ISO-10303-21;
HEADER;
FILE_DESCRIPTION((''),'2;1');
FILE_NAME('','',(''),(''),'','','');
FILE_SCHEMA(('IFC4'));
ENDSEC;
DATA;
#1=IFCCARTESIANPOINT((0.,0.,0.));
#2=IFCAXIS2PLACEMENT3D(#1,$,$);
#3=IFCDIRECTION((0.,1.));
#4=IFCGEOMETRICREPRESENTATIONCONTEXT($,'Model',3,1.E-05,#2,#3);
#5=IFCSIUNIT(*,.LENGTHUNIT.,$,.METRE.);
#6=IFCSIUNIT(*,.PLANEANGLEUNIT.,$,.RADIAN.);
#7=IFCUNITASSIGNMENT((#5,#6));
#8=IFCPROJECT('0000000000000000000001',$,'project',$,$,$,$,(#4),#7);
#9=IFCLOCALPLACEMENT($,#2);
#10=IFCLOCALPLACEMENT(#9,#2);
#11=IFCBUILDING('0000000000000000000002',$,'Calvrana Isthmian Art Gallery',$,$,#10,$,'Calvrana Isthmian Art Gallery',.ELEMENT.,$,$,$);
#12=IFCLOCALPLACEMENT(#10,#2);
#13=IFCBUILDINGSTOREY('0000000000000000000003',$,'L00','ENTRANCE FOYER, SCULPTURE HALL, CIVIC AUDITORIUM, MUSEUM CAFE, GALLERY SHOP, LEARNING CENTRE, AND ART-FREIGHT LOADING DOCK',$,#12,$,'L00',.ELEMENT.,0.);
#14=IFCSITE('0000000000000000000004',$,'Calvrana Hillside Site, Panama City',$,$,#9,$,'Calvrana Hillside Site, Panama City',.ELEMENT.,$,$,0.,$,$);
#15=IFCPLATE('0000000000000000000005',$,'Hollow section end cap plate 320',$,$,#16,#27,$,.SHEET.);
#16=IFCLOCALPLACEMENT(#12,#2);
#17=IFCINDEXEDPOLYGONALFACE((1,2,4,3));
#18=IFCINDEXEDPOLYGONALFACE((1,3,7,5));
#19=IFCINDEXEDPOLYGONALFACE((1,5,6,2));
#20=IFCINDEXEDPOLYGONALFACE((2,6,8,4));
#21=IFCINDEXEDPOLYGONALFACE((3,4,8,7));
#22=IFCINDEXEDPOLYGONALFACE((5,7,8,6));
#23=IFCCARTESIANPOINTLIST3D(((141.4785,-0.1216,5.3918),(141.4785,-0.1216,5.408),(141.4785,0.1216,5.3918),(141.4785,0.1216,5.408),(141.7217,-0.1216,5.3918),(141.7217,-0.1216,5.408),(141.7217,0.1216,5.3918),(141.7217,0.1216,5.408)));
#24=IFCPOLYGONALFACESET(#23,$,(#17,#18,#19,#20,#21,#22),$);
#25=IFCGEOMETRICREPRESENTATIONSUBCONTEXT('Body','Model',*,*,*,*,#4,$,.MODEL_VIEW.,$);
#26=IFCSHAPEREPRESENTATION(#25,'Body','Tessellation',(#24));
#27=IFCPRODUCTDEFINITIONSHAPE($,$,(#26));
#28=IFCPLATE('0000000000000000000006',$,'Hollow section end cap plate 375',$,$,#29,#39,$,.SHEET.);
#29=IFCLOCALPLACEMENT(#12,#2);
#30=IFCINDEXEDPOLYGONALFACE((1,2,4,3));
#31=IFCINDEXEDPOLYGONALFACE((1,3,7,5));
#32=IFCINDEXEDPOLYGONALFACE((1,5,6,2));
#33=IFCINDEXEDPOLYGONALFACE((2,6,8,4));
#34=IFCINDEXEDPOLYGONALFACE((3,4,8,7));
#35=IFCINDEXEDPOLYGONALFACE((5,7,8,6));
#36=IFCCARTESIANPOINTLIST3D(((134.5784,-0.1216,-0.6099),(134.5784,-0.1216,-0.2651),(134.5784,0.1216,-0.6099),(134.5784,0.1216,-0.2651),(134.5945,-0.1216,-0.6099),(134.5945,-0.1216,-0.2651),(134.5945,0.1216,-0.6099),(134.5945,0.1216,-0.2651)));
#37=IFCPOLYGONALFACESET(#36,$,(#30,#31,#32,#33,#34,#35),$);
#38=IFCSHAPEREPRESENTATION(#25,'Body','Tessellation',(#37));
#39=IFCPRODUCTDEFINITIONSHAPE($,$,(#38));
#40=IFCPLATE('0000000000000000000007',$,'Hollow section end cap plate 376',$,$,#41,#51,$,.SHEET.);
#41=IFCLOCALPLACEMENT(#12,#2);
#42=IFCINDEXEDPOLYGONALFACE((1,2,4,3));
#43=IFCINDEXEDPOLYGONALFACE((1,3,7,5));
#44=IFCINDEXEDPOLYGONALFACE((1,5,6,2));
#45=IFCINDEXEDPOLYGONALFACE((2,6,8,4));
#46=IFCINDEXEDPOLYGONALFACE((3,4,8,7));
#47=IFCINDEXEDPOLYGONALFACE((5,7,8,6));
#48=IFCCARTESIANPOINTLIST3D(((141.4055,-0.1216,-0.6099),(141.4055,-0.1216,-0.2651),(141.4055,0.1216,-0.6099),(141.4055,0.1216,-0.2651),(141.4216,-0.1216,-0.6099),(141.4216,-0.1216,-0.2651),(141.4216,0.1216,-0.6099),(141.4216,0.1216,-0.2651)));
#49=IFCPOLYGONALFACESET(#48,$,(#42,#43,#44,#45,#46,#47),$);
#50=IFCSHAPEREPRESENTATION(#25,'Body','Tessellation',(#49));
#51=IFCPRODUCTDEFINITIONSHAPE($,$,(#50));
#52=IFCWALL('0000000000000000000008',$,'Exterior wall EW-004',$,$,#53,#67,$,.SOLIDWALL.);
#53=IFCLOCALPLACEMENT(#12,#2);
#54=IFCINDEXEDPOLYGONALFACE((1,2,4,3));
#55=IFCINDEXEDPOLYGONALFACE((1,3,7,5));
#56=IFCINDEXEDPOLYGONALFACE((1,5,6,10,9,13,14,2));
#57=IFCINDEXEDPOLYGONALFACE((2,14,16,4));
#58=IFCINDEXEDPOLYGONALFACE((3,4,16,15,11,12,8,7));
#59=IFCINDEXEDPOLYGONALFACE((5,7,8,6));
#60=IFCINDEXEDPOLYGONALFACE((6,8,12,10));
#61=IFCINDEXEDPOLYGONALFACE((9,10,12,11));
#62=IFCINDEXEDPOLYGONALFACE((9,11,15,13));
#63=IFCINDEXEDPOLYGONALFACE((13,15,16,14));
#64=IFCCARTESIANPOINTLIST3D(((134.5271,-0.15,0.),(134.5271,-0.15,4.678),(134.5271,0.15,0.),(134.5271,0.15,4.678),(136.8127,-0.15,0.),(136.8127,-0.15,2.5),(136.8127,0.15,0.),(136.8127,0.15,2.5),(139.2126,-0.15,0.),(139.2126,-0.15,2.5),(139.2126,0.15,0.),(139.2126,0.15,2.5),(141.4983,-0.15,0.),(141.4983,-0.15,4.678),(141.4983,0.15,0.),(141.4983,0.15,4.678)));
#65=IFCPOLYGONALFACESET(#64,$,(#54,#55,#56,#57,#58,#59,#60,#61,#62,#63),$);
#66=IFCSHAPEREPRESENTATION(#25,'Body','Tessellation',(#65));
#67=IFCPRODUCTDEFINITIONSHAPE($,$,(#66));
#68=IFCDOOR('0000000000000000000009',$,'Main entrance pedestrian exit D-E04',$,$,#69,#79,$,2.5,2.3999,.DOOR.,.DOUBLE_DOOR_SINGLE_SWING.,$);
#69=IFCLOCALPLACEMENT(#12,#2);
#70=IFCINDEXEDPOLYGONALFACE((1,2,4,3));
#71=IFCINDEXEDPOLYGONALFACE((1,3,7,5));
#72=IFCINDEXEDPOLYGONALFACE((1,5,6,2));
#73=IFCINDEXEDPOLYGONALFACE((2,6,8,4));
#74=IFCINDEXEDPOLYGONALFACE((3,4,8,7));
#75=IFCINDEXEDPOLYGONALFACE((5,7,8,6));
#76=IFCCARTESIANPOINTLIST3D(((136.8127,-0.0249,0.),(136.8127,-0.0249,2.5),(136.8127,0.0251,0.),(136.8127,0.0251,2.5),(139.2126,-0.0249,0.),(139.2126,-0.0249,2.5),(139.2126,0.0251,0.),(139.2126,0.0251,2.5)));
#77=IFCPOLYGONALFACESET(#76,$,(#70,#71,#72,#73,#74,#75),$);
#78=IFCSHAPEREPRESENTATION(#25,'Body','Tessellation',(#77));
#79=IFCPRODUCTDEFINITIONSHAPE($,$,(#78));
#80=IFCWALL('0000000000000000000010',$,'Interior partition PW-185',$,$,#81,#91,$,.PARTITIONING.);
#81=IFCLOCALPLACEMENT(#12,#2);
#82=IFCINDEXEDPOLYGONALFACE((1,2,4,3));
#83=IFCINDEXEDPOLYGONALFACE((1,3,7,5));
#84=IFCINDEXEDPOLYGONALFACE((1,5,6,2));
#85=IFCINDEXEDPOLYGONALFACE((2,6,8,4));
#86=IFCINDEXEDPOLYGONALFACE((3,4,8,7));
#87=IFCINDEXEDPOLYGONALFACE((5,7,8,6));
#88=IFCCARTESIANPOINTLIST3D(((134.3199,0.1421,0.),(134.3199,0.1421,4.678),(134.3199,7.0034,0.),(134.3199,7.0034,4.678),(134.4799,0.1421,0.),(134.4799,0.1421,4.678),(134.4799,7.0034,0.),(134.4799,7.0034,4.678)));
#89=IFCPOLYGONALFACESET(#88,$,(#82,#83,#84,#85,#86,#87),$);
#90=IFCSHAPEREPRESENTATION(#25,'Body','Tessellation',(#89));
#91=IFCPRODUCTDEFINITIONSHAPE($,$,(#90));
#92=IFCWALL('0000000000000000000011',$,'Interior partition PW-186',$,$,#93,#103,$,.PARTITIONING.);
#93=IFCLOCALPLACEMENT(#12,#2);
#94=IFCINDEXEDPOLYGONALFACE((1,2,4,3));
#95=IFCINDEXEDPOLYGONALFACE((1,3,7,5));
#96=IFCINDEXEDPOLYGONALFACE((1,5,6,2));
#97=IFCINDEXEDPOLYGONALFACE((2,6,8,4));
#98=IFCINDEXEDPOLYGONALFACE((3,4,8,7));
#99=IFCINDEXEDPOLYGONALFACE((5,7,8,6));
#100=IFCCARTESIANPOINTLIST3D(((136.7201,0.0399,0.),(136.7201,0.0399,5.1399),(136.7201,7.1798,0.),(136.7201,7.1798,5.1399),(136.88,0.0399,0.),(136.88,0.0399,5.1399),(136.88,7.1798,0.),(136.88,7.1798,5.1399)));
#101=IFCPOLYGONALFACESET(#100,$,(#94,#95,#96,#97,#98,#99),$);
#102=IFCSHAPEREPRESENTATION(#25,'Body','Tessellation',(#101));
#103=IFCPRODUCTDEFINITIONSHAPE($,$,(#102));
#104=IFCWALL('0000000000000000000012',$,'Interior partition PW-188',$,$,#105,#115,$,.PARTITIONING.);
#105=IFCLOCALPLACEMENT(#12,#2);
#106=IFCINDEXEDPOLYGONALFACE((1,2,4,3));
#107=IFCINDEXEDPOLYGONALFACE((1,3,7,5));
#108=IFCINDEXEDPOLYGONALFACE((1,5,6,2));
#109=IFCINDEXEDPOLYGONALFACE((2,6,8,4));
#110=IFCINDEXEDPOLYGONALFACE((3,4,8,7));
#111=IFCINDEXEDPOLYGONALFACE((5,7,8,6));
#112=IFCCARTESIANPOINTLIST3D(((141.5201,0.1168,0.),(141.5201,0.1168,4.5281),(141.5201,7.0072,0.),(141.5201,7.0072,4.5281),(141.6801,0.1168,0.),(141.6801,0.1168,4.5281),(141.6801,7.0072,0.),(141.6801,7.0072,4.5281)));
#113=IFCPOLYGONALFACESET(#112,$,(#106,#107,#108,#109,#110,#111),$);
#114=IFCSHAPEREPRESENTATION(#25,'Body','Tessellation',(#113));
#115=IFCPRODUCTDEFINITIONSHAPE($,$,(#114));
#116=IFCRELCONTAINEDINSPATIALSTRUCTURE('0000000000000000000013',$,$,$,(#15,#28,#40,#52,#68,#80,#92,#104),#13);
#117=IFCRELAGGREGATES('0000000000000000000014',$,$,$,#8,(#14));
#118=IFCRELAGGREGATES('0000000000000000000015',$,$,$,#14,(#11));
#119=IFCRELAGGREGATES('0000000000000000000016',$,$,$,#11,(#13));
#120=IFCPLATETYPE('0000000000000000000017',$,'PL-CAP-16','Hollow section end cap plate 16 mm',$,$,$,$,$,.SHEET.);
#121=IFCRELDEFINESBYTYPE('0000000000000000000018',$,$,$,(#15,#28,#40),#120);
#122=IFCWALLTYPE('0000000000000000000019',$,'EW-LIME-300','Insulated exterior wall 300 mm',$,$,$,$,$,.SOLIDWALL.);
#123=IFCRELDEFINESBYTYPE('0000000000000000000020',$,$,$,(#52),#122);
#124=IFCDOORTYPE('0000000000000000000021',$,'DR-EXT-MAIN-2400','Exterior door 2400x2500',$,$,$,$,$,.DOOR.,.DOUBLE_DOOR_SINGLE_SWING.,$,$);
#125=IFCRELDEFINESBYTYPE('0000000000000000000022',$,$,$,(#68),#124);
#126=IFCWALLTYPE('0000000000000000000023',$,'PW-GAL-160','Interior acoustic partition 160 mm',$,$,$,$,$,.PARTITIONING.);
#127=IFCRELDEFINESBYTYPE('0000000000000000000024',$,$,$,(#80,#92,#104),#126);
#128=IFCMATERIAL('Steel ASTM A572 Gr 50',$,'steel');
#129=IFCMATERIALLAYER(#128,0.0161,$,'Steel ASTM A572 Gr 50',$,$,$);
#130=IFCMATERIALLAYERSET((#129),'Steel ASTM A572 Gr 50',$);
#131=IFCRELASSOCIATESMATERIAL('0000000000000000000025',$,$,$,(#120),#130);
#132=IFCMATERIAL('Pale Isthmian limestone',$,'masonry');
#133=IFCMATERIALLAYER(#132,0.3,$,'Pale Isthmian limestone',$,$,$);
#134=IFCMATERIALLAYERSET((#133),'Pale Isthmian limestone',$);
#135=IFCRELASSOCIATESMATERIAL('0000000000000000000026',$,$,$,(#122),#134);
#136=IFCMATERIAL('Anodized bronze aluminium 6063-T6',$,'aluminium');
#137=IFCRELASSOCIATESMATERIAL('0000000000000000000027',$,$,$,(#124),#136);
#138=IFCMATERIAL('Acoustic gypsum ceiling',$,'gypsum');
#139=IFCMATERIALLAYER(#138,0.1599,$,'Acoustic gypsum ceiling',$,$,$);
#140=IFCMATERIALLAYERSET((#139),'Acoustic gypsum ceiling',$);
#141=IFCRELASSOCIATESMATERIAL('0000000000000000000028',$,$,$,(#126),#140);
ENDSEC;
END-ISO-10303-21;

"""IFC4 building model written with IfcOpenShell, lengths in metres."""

from ifc_helpers import new_model, si_unit, direction, frame, frame_2d, origin, origin_2d, place, context, subcontext, project, spatial, rectangle, extrude, material, layer, layer_set, type_object, element, fill, save


model = new_model("IFC4")

# Units and contexts
model_context = context("Model", 3, precision=1e-05, world=origin(), true_north=direction((0.0, 1.0)))
body_context = subcontext(model_context, "Body", "Model", "MODEL_VIEW")
ifc_project = project(units=[si_unit("LENGTHUNIT", "METRE"), si_unit("PLANEANGLEUNIT", "RADIAN")], contexts=[model_context])

# Site, building, storey
site_placement = place(None, origin())
site = spatial("IfcSite", under=ifc_project, at=site_placement, Name="Calvrana Hillside Site, Panama City", LongName="Calvrana Hillside Site, Panama City", CompositionType="ELEMENT", RefElevation=0.0)
building_placement = place(site_placement, origin())
building = spatial("IfcBuilding", under=site, at=building_placement, Name="Calvrana Isthmian Art Gallery", LongName="Calvrana Isthmian Art Gallery", CompositionType="ELEMENT")
storey_placement = place(building_placement, origin())
storey = spatial("IfcBuildingStorey", under=building, at=storey_placement, Name="L00", Description="ENTRANCE FOYER, SCULPTURE HALL, CIVIC AUDITORIUM, MUSEUM CAFE, GALLERY SHOP, LEARNING CENTRE, AND ART-FREIGHT LOADING DOCK", LongName="L00", CompositionType="ELEMENT", Elevation=0.0)

# Shared definitions
ifc_material_1 = material(Name="Anodized bronze aluminium 6063-T6", Category="aluminium")

# Plates
ifc_material_2 = material(Name="Steel ASTM A572 Gr 50", Category="steel")
ifc_layer_1 = layer(ifc_material_2, 0.0161, Name="Steel ASTM A572 Gr 50")
ifc_layer_set_1 = layer_set([ifc_layer_1], Name="Steel ASTM A572 Gr 50")
plate_type_1 = type_object("IfcPlateType", Name="PL-CAP-16", Description="Hollow section end cap plate 16 mm", PredefinedType="SHEET", material=ifc_layer_set_1)
for number, where, z_axis, x_axis, name in (
    (1, (141.6001, 0.0, 5.3918), (0.0, 0.0, 1.0), (1.0, 0.0, 0.0), "Hollow section end cap plate 320"),
):
    element("IfcPlate", number, at=place(storey_placement, frame(where, z_axis=z_axis, x_axis=x_axis)), inside=storey, type_object=plate_type_1, Name=name, PredefinedType="SHEET", context=body_context, shape_type="SweptSolid", body=[
        extrude(rectangle(XDim=0.2432, YDim=0.2432, at=origin_2d()), origin(), (0.0, 0.0, 1.0), 0.0161),
    ])
for number, where, z_axis, x_axis, name in (
    (2, (134.5864, 0.0, -0.6099), (0.0, 0.0, 1.0), (1.0, 0.0, 0.0), "Hollow section end cap plate 375"),
    (3, (141.4136, 0.0, -0.6099), (0.0, 0.0, 1.0), (1.0, 0.0, 0.0), "Hollow section end cap plate 376"),
):
    element("IfcPlate", number, at=place(storey_placement, frame(where, z_axis=z_axis, x_axis=x_axis)), inside=storey, type_object=plate_type_1, Name=name, PredefinedType="SHEET", context=body_context, shape_type="SweptSolid", body=[
        extrude(rectangle(XDim=0.0161, YDim=0.2432, at=origin_2d()), origin(), (0.0, 0.0, 1.0), 0.3447),
    ])

# Wall, opening, door
ifc_material_3 = material(Name="Pale Isthmian limestone", Category="masonry")
ifc_layer_2 = layer(ifc_material_3, 0.3, Name="Pale Isthmian limestone")
ifc_layer_set_2 = layer_set([ifc_layer_2], Name="Pale Isthmian limestone")
wall_type_1 = type_object("IfcWallType", Name="EW-LIME-300", Description="Insulated exterior wall 300 mm", PredefinedType="SOLIDWALL", material=ifc_layer_set_2)
wall_1_placement = place(storey_placement, frame((141.4983, 0.0, 0.0), z_axis=(0.0, 0.0, 1.0), x_axis=(-1.0, 0.0, 0.0)))
wall_1 = element("IfcWall", 4, at=wall_1_placement, inside=storey, type_object=wall_type_1, Name="Exterior wall EW-004", PredefinedType="SOLIDWALL", context=body_context, shape_type="SweptSolid", body=[
    extrude(rectangle(XDim=6.9712, YDim=0.3, at=frame_2d((3.4856, 0.0))), origin(), (0.0, 0.0, 1.0), 4.678),
])
opening_placement = place(wall_1_placement, frame((2.2856, 0.0, 0.0)))
opening = element("IfcOpeningElement", 5, at=opening_placement, cuts=wall_1, PredefinedType="OPENING", context=body_context, shape_type="SweptSolid", body=[
    extrude(rectangle(XDim=2.3999, YDim=2.5, at=frame_2d((1.2, 1.25))), frame((0.0, 0.1602, 0.0), z_axis=(0.0, -1.0, 0.0), x_axis=(1.0, 0.0, 0.0)), (0.0, 0.0, 1.0), 0.3206),
])
door_type = type_object("IfcDoorType", Name="DR-EXT-MAIN-2400", Description="Exterior door 2400x2500", OperationType="DOUBLE_DOOR_SINGLE_SWING", PredefinedType="DOOR", material=ifc_material_1)
door_placement = place(opening_placement, origin())
door = element("IfcDoor", 6, at=door_placement, inside=storey, type_object=door_type, Name="Main entrance pedestrian exit D-E04", OperationType="DOUBLE_DOOR_SINGLE_SWING", OverallHeight=2.5, OverallWidth=2.3999, PredefinedType="DOOR", context=body_context, shape_type="SweptSolid", body=[
    extrude(rectangle(XDim=2.3999, YDim=2.5, at=frame_2d((1.2, 1.25))), frame((0.0, 0.0249, 0.0), z_axis=(0.0, -1.0, 0.0), x_axis=(1.0, 0.0, 0.0)), (0.0, 0.0, 1.0), 0.05),
])
fill(opening, door)

# Walls
ifc_material_4 = material(Name="Acoustic gypsum ceiling", Category="gypsum")
ifc_layer_3 = layer(ifc_material_4, 0.1599, Name="Acoustic gypsum ceiling")
ifc_layer_set_3 = layer_set([ifc_layer_3], Name="Acoustic gypsum ceiling")
wall_type_2 = type_object("IfcWallType", Name="PW-GAL-160", Description="Interior acoustic partition 160 mm", PredefinedType="PARTITIONING", material=ifc_layer_set_3)
wall_2_placement = place(storey_placement, frame((134.3999, 0.1421, 0.0), z_axis=(0.0, 0.0, 1.0), x_axis=(0.0, 1.0, 0.0)))
element("IfcWall", 7, at=wall_2_placement, inside=storey, type_object=wall_type_2, Name="Interior partition PW-185", PredefinedType="PARTITIONING", context=body_context, shape_type="SweptSolid", body=[
    extrude(rectangle(XDim=6.8613, YDim=0.1599, at=frame_2d((3.4307, 0.0))), origin(), (0.0, 0.0, 1.0), 4.678),
])
wall_3_placement = place(storey_placement, frame((136.8, 0.04, 0.0), z_axis=(0.0, 0.0, 1.0), x_axis=(0.0, 1.0, 0.0)))
element("IfcWall", 8, at=wall_3_placement, inside=storey, type_object=wall_type_2, Name="Interior partition PW-186", PredefinedType="PARTITIONING", context=body_context, shape_type="SweptSolid", body=[
    extrude(rectangle(XDim=7.1399, YDim=0.1599, at=frame_2d((3.5698, 0.0))), origin(), (0.0, 0.0, 1.0), 5.1399),
])
wall_4_placement = place(storey_placement, frame((141.6001, 0.1167, 0.0), z_axis=(0.0, 0.0, 1.0), x_axis=(0.0, 1.0, 0.0)))
element("IfcWall", 9, at=wall_4_placement, inside=storey, type_object=wall_type_2, Name="Interior partition PW-188", PredefinedType="PARTITIONING", context=body_context, shape_type="SweptSolid", body=[
    extrude(rectangle(XDim=6.8904, YDim=0.1599, at=frame_2d((3.4453, 0.0))), origin(), (0.0, 0.0, 1.0), 4.5281),
])

save(model, "model.ifc")
